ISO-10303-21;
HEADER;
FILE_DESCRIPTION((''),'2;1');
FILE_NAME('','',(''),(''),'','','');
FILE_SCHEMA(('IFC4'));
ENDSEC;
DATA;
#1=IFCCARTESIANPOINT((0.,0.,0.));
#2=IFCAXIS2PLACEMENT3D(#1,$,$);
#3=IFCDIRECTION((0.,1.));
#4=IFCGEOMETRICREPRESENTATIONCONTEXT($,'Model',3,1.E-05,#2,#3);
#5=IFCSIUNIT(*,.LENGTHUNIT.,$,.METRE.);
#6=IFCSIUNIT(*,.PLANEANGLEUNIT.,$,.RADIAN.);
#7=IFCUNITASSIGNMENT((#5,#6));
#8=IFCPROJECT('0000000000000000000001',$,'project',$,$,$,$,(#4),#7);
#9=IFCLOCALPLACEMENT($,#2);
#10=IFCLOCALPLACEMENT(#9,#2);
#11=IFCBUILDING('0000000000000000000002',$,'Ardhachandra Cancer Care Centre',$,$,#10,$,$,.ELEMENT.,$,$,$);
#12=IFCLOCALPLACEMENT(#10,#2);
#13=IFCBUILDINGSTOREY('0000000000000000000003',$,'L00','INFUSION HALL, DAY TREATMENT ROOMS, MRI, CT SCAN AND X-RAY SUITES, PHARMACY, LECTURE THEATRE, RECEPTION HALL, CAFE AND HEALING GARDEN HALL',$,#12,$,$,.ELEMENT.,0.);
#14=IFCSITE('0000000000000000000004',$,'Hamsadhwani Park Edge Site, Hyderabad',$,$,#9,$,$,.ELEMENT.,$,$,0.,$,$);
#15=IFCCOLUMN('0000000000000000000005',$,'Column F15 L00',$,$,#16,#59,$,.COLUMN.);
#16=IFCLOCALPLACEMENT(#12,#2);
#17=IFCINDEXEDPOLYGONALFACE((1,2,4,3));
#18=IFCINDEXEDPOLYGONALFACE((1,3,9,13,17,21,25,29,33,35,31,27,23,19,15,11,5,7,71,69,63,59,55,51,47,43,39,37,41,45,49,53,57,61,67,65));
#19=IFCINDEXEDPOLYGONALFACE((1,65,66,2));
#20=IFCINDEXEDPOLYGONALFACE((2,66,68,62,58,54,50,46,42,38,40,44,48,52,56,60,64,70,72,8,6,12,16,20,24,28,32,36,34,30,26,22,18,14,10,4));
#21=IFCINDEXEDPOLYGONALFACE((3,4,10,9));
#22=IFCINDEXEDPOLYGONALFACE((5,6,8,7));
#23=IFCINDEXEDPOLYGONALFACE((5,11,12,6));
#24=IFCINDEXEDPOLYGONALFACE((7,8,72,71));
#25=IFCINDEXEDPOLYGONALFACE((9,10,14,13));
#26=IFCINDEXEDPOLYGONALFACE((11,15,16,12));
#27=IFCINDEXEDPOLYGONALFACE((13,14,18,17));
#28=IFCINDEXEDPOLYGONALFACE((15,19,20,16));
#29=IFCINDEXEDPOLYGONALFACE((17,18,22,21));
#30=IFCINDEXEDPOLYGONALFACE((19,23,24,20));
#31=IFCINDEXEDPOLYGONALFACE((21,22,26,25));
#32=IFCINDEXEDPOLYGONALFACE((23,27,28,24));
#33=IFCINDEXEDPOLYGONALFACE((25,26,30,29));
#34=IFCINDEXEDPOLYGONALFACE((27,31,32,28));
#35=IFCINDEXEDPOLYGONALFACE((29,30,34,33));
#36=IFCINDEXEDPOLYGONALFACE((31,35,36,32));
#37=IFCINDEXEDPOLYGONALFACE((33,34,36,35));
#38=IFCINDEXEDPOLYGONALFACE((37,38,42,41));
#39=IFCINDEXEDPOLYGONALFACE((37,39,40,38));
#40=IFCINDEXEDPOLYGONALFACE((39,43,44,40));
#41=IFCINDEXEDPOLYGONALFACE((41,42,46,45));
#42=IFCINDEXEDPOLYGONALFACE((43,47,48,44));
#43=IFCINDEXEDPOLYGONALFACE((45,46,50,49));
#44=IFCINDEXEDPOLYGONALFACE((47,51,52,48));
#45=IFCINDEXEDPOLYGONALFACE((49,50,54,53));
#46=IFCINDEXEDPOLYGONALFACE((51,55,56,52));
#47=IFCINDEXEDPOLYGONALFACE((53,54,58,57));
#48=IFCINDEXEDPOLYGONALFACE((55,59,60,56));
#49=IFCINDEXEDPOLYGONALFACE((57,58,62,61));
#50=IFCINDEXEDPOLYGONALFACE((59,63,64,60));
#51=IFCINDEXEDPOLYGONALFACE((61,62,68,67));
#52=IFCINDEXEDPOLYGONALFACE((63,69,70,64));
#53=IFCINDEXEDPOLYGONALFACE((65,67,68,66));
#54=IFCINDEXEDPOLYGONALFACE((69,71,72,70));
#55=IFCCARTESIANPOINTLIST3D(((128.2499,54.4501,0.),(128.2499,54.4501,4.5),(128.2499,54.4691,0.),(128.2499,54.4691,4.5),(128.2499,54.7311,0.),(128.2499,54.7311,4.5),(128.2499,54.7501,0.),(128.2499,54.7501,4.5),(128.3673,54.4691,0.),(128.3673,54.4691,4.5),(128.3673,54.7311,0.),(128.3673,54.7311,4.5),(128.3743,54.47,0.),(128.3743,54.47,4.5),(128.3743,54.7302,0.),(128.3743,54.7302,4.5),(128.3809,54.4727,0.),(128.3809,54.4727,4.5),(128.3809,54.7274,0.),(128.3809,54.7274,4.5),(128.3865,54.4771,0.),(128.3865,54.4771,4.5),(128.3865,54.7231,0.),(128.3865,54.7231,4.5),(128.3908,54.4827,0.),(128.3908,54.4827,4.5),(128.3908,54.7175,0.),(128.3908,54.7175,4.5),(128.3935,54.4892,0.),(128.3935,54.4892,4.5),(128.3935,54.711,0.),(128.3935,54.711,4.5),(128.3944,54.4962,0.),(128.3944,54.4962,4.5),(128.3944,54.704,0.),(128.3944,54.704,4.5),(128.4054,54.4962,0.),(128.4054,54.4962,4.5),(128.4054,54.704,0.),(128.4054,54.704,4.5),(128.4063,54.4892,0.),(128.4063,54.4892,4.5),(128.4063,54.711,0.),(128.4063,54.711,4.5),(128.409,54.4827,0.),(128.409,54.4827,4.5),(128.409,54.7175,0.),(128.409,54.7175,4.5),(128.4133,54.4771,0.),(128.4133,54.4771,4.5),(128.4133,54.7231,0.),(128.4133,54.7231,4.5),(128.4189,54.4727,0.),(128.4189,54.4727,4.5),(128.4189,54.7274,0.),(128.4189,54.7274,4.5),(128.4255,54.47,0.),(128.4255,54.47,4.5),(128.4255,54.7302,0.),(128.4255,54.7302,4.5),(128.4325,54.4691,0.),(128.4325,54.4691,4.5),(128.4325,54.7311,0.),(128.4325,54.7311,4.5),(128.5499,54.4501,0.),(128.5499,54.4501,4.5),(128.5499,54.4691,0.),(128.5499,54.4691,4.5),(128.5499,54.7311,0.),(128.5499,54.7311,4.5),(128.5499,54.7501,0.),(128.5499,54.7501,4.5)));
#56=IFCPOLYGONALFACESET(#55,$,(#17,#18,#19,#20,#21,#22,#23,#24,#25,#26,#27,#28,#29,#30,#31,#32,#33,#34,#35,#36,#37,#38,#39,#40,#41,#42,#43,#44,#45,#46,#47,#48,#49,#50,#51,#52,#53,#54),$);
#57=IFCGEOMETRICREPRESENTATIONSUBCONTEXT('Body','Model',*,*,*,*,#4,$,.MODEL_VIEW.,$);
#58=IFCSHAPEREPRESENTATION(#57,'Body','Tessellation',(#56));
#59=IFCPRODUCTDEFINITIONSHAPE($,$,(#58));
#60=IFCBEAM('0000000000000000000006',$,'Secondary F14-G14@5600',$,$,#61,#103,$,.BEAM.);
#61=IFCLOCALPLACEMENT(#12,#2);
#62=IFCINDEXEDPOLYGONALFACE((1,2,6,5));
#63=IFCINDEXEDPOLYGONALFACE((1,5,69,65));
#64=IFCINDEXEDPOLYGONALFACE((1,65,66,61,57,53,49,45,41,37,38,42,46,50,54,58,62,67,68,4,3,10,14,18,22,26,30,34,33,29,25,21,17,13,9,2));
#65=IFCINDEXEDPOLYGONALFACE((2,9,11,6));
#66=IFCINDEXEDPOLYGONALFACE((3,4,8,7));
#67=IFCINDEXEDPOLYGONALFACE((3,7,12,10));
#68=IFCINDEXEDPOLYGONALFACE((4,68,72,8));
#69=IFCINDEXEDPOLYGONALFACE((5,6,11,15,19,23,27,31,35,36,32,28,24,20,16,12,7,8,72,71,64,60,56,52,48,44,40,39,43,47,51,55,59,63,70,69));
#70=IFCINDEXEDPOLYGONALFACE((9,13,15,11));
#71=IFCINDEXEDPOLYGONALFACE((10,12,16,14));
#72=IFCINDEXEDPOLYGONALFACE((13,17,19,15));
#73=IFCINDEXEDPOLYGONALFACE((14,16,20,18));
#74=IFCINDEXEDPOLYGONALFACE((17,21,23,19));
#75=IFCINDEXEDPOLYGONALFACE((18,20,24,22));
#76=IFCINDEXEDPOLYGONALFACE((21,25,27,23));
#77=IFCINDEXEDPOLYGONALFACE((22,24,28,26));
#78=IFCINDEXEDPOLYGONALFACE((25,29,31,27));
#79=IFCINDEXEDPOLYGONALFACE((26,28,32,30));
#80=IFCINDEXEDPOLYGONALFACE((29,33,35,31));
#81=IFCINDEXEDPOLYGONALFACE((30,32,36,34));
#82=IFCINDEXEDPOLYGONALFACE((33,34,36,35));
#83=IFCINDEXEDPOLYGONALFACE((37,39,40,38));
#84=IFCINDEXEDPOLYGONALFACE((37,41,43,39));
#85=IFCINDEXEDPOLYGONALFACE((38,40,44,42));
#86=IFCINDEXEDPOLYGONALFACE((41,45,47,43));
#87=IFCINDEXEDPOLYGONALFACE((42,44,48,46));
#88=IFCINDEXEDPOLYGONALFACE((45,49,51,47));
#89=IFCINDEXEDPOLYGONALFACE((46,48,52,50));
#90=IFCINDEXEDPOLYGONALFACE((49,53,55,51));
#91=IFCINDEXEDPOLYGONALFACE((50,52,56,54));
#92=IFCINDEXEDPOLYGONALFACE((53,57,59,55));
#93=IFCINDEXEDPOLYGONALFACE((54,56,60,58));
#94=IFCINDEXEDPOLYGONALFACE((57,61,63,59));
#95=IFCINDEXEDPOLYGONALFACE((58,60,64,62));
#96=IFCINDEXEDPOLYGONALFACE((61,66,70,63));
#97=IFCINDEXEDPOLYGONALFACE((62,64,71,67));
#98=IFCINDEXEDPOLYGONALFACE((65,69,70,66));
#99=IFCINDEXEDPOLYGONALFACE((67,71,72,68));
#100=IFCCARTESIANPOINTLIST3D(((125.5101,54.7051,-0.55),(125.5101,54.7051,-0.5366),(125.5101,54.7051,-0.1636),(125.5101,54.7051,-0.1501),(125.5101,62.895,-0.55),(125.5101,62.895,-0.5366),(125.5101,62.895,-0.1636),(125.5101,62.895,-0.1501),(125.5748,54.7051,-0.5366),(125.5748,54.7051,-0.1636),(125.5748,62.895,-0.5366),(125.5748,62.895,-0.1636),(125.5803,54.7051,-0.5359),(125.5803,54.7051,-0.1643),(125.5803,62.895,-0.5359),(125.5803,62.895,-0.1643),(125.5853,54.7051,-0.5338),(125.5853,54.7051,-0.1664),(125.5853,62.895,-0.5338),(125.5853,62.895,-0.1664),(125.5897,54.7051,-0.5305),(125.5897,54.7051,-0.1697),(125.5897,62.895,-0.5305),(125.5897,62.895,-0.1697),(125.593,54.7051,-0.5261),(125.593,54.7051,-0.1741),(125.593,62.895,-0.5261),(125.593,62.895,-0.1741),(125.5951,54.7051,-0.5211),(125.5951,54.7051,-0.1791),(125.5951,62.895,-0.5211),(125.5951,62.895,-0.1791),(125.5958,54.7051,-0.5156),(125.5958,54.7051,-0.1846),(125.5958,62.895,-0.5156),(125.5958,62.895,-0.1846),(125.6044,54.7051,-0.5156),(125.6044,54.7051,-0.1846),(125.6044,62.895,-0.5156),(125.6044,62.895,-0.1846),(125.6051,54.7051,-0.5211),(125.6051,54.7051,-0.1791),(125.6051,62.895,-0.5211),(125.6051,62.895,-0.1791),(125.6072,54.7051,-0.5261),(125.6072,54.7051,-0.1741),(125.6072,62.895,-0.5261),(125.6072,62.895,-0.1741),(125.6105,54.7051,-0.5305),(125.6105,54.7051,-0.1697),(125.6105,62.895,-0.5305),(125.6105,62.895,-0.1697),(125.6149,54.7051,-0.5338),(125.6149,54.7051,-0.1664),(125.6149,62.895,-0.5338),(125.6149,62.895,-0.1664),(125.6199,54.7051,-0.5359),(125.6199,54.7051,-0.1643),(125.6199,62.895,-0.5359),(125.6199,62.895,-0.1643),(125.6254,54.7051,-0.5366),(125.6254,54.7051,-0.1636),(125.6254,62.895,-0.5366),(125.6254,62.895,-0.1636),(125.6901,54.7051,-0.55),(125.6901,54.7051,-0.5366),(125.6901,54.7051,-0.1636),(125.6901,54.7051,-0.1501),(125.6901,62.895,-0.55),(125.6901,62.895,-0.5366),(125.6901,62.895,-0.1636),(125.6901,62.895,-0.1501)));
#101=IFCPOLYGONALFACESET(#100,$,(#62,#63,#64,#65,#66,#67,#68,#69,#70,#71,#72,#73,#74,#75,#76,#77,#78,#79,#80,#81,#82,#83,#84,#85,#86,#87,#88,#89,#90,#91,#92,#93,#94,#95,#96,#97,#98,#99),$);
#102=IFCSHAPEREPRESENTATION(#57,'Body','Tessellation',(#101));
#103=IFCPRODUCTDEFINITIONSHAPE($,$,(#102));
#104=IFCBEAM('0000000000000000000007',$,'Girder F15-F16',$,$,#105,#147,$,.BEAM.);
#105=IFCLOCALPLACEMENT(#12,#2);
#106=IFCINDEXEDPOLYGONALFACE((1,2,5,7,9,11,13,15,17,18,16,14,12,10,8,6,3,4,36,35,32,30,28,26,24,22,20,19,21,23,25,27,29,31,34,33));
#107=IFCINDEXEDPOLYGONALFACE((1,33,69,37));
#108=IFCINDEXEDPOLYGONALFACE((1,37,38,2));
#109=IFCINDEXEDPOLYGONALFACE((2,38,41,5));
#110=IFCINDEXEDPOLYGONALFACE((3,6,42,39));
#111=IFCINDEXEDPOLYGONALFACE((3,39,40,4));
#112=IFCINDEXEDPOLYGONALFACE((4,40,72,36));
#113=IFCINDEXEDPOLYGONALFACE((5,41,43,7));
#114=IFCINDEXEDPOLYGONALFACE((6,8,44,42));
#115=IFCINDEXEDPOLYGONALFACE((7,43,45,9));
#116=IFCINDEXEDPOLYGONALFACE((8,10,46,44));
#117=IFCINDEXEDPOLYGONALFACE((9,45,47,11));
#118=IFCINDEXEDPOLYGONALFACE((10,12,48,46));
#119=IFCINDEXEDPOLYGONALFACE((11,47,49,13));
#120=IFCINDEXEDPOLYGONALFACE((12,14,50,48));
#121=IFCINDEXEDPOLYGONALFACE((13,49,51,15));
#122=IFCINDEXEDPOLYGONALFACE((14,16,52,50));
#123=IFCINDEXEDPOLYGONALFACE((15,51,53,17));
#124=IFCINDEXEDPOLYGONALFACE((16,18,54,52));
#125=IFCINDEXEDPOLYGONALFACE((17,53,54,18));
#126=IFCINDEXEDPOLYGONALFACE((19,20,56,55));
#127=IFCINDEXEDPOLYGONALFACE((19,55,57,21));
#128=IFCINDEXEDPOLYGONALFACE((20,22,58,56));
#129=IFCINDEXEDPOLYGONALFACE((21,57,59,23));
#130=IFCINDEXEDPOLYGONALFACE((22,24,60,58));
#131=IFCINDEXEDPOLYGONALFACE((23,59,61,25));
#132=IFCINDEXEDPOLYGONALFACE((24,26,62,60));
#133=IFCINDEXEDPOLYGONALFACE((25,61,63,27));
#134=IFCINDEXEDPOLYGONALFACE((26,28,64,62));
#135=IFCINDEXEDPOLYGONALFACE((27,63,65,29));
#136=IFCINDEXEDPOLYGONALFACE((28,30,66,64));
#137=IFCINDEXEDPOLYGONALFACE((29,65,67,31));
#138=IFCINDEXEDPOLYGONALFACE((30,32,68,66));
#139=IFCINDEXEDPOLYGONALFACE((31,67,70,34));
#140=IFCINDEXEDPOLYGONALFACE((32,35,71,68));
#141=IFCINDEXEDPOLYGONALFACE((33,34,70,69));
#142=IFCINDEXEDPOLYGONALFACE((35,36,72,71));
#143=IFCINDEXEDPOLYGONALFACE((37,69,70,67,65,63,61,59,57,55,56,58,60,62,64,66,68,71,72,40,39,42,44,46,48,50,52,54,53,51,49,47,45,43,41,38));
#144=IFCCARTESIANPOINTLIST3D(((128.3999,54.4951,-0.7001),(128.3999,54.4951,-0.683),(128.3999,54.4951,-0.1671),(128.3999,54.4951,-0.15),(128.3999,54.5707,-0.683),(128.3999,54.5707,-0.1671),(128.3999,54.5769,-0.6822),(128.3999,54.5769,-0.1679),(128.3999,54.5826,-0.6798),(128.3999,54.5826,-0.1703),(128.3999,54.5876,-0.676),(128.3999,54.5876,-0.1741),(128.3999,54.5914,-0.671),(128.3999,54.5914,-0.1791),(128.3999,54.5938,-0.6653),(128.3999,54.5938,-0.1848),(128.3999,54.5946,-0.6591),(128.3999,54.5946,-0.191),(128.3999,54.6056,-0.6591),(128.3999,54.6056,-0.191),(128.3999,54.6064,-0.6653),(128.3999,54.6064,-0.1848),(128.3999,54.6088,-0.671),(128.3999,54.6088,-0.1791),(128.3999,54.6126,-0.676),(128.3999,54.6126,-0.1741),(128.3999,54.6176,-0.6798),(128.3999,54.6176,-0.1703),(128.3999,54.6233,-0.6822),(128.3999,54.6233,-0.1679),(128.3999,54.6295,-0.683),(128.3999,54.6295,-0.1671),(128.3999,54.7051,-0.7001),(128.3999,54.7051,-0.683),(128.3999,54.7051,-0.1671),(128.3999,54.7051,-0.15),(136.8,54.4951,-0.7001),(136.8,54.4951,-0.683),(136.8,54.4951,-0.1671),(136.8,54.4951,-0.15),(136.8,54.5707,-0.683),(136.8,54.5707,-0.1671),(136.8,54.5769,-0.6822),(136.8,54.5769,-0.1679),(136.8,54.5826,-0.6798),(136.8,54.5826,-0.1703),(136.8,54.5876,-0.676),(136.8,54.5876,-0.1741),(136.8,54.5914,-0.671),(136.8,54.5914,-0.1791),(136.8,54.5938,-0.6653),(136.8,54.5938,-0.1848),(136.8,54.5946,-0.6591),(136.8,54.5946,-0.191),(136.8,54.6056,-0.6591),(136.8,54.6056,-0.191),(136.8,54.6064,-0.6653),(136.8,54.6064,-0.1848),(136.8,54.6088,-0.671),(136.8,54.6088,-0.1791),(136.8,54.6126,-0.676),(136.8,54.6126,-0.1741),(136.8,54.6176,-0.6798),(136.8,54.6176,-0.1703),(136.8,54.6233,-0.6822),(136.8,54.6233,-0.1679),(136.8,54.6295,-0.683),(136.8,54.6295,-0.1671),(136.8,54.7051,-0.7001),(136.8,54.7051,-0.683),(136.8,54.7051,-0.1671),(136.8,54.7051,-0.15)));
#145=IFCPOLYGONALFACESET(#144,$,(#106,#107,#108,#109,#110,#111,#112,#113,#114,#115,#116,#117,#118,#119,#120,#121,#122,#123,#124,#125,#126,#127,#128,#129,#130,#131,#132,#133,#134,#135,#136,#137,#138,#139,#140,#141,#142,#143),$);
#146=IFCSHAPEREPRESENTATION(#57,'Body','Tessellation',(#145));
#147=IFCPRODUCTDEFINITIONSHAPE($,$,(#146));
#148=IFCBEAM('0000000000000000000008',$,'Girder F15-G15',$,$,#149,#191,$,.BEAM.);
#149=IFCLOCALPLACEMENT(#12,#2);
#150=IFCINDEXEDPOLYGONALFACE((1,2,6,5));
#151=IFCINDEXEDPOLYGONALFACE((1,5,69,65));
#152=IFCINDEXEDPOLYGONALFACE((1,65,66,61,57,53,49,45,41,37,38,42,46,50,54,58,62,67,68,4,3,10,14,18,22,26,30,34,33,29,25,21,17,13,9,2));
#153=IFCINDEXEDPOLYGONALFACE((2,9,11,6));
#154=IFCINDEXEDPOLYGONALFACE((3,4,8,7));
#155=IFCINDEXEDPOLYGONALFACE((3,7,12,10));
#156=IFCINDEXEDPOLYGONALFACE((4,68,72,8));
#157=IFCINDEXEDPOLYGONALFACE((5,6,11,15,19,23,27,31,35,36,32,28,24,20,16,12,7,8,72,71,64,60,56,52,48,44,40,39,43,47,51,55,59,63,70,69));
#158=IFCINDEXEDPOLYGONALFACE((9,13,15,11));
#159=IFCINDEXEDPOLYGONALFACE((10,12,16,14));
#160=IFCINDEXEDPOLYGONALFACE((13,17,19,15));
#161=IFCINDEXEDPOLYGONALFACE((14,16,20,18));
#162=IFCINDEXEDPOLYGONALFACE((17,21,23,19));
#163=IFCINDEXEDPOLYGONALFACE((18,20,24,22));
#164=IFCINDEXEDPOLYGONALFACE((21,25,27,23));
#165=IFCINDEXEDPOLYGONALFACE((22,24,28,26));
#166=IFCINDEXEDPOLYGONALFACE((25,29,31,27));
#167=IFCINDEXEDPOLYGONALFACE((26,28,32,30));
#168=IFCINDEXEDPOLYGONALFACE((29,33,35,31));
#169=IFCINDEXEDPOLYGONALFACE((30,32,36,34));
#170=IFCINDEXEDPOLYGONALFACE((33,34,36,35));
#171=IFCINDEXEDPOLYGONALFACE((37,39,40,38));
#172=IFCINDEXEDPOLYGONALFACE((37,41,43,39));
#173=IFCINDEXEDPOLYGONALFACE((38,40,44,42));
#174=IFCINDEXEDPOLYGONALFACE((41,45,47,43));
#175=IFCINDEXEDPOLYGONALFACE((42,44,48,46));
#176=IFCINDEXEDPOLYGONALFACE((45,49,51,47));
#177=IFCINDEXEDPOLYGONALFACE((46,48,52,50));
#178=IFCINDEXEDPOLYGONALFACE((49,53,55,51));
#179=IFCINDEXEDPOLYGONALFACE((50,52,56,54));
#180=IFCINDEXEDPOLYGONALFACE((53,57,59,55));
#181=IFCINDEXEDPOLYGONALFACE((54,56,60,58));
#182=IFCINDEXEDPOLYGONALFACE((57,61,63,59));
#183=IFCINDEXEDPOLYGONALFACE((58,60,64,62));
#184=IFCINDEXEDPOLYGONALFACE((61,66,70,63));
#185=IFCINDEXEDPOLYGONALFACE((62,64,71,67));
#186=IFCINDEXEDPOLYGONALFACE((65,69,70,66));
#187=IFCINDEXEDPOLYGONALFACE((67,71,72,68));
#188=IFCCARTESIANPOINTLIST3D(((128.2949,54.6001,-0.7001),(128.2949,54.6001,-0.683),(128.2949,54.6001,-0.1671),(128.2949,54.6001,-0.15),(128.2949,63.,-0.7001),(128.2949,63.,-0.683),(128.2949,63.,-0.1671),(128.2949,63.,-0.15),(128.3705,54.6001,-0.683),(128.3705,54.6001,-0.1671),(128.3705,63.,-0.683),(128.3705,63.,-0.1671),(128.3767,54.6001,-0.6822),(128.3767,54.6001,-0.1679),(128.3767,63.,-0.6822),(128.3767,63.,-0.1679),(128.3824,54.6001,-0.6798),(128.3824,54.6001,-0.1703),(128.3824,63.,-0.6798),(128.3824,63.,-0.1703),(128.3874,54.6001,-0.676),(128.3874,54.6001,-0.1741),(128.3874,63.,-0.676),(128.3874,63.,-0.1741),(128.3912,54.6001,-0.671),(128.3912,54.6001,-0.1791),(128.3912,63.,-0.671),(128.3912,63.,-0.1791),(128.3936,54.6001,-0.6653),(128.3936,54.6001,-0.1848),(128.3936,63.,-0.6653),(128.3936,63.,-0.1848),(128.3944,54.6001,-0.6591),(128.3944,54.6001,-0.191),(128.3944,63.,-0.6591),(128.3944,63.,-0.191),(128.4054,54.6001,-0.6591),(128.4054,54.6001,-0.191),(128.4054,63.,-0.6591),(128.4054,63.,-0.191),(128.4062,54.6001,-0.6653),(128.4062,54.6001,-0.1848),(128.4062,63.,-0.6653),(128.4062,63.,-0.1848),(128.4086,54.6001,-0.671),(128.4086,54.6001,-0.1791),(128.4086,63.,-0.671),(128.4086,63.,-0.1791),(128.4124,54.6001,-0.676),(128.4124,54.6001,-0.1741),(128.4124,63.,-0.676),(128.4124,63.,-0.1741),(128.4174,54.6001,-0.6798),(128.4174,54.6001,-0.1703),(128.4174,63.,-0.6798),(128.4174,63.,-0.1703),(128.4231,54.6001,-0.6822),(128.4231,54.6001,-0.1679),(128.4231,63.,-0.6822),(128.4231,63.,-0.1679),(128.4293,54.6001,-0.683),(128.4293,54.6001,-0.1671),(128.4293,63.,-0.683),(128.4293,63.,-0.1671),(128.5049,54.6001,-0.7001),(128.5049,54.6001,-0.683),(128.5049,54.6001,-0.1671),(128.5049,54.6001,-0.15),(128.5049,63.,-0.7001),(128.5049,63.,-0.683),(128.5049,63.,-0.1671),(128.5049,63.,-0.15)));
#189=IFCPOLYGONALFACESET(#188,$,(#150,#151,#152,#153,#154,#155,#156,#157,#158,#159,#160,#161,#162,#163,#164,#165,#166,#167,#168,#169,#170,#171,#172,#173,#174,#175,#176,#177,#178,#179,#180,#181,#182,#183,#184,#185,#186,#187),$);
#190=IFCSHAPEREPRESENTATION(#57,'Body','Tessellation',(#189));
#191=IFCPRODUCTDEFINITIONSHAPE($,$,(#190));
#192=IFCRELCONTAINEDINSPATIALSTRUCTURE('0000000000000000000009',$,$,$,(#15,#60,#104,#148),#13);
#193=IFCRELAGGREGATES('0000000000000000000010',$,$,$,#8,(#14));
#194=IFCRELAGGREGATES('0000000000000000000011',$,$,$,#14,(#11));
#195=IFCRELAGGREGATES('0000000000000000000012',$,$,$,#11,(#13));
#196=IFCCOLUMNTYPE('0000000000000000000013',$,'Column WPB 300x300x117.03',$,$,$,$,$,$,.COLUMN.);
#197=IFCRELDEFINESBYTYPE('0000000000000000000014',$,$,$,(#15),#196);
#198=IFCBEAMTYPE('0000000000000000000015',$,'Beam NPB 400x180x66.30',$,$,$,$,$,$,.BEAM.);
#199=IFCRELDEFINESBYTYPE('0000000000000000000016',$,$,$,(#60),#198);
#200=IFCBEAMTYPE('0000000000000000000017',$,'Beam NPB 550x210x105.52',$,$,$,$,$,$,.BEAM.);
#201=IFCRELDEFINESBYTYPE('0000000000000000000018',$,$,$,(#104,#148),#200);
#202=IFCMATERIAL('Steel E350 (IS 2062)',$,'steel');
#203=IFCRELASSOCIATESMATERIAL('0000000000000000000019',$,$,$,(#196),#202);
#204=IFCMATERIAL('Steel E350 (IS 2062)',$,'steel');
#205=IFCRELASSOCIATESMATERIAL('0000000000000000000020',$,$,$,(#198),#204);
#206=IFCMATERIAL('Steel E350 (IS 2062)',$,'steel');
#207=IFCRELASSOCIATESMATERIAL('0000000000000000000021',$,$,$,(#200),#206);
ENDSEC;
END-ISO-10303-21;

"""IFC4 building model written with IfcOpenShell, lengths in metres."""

from ifc_helpers import new_model, si_unit, direction, frame, origin, origin_2d, place, context, subcontext, project, spatial, i_section, extrude, material, material_profile, profile_set, type_object, element, save


model = new_model("IFC4")

# Units and contexts
model_context = context("Model", 3, precision=1e-05, world=origin(), true_north=direction((0.0, 1.0)))
body_context = subcontext(model_context, "Body", "Model", "MODEL_VIEW")
ifc_project = project(units=[si_unit("LENGTHUNIT", "METRE"), si_unit("PLANEANGLEUNIT", "RADIAN")], contexts=[model_context])

# Site, building, storey
site_placement = place(None, origin())
site = spatial("IfcSite", under=ifc_project, at=site_placement, Name="Hamsadhwani Park Edge Site, Hyderabad", CompositionType="ELEMENT", RefElevation=0.0)
building_placement = place(site_placement, origin())
building = spatial("IfcBuilding", under=site, at=building_placement, Name="Ardhachandra Cancer Care Centre", CompositionType="ELEMENT")
storey_placement = place(building_placement, origin())
storey = spatial("IfcBuildingStorey", under=building, at=storey_placement, Name="L00", Description="INFUSION HALL, DAY TREATMENT ROOMS, MRI, CT SCAN AND X-RAY SUITES, PHARMACY, LECTURE THEATRE, RECEPTION HALL, CAFE AND HEALING GARDEN HALL", CompositionType="ELEMENT", Elevation=0.0)

# Column
ifc_material_1 = material(Name="Steel E350 (IS 2062)", Category="steel")
ifc_material_profile_1 = material_profile(ifc_material_1, i_section(OverallWidth=0.3, OverallDepth=0.3, WebThickness=0.011, FlangeThickness=0.019, FilletRadius=0.0271, at=origin_2d()), Name="WPB 300x300x117.03")
ifc_profile_set_1 = profile_set([ifc_material_profile_1], Name="Steel E350 (IS 2062)")
column_type = type_object("IfcColumnType", Name="Column WPB 300x300x117.03", PredefinedType="COLUMN", material=ifc_profile_set_1)
column_placement = place(storey_placement, frame((128.3999, 54.6001, 0.0), z_axis=(0.0, 0.0, 1.0), x_axis=(1.0, 0.0, 0.0)))
element("IfcColumn", 1, at=column_placement, inside=storey, type_object=column_type, Name="Column F15 L00", PredefinedType="COLUMN", context=body_context, shape_type="SweptSolid", body=[
    extrude(i_section(OverallWidth=0.3, OverallDepth=0.3, WebThickness=0.011, FlangeThickness=0.019, FilletRadius=0.0271, at=origin_2d()), origin(), (0.0, 0.0, 1.0), 4.5),
])

# Beams
ifc_material_2 = material(Name="Steel E350 (IS 2062)", Category="steel")
ifc_material_profile_2 = material_profile(ifc_material_2, i_section(OverallWidth=0.1799, OverallDepth=0.3999, WebThickness=0.0085, FlangeThickness=0.0134, FilletRadius=0.021, at=origin_2d()), Name="NPB 400x180x66.30")
ifc_profile_set_2 = profile_set([ifc_material_profile_2], Name="Steel E350 (IS 2062)")
beam_type_1 = type_object("IfcBeamType", Name="Beam NPB 400x180x66.30", PredefinedType="BEAM", material=ifc_profile_set_2)
beam_1_placement = place(storey_placement, frame((125.6001, 54.7051, -0.3501), z_axis=(0.0, 1.0, 0.0), x_axis=(-1.0, 0.0, 0.0)))
element("IfcBeam", 2, at=beam_1_placement, inside=storey, type_object=beam_type_1, Name="Secondary F14-G14@5600", PredefinedType="BEAM", context=body_context, shape_type="SweptSolid", body=[
    extrude(i_section(OverallWidth=0.1799, OverallDepth=0.3999, WebThickness=0.0085, FlangeThickness=0.0134, FilletRadius=0.021, at=origin_2d()), origin(), (0.0, 0.0, 1.0), 8.1899),
])
ifc_material_3 = material(Name="Steel E350 (IS 2062)", Category="steel")
ifc_material_profile_3 = material_profile(ifc_material_3, i_section(OverallWidth=0.21, OverallDepth=0.55, WebThickness=0.011, FlangeThickness=0.0171, FilletRadius=0.0239, at=origin_2d()), Name="NPB 550x210x105.52")
ifc_profile_set_3 = profile_set([ifc_material_profile_3], Name="Steel E350 (IS 2062)")
beam_type_2 = type_object("IfcBeamType", Name="Beam NPB 550x210x105.52", PredefinedType="BEAM", material=ifc_profile_set_3)
beam_2_placement = place(storey_placement, frame((128.3999, 54.6001, -0.425), z_axis=(1.0, 0.0, 0.0), x_axis=(0.0, 1.0, 0.0)))
element("IfcBeam", 3, at=beam_2_placement, inside=storey, type_object=beam_type_2, Name="Girder F15-F16", PredefinedType="BEAM", context=body_context, shape_type="SweptSolid", body=[
    extrude(i_section(OverallWidth=0.21, OverallDepth=0.55, WebThickness=0.011, FlangeThickness=0.0171, FilletRadius=0.0239, at=origin_2d()), origin(), (0.0, 0.0, 1.0), 8.4001),
])
beam_3_placement = place(storey_placement, frame((128.3999, 54.6001, -0.425), z_axis=(0.0, 1.0, 0.0), x_axis=(-1.0, 0.0, 0.0)))
element("IfcBeam", 4, at=beam_3_placement, inside=storey, type_object=beam_type_2, Name="Girder F15-G15", PredefinedType="BEAM", context=body_context, shape_type="SweptSolid", body=[
    extrude(i_section(OverallWidth=0.21, OverallDepth=0.55, WebThickness=0.011, FlangeThickness=0.0171, FilletRadius=0.0239, at=origin_2d()), origin(), (0.0, 0.0, 1.0), 8.3999),
])

save(model, "model.ifc")
